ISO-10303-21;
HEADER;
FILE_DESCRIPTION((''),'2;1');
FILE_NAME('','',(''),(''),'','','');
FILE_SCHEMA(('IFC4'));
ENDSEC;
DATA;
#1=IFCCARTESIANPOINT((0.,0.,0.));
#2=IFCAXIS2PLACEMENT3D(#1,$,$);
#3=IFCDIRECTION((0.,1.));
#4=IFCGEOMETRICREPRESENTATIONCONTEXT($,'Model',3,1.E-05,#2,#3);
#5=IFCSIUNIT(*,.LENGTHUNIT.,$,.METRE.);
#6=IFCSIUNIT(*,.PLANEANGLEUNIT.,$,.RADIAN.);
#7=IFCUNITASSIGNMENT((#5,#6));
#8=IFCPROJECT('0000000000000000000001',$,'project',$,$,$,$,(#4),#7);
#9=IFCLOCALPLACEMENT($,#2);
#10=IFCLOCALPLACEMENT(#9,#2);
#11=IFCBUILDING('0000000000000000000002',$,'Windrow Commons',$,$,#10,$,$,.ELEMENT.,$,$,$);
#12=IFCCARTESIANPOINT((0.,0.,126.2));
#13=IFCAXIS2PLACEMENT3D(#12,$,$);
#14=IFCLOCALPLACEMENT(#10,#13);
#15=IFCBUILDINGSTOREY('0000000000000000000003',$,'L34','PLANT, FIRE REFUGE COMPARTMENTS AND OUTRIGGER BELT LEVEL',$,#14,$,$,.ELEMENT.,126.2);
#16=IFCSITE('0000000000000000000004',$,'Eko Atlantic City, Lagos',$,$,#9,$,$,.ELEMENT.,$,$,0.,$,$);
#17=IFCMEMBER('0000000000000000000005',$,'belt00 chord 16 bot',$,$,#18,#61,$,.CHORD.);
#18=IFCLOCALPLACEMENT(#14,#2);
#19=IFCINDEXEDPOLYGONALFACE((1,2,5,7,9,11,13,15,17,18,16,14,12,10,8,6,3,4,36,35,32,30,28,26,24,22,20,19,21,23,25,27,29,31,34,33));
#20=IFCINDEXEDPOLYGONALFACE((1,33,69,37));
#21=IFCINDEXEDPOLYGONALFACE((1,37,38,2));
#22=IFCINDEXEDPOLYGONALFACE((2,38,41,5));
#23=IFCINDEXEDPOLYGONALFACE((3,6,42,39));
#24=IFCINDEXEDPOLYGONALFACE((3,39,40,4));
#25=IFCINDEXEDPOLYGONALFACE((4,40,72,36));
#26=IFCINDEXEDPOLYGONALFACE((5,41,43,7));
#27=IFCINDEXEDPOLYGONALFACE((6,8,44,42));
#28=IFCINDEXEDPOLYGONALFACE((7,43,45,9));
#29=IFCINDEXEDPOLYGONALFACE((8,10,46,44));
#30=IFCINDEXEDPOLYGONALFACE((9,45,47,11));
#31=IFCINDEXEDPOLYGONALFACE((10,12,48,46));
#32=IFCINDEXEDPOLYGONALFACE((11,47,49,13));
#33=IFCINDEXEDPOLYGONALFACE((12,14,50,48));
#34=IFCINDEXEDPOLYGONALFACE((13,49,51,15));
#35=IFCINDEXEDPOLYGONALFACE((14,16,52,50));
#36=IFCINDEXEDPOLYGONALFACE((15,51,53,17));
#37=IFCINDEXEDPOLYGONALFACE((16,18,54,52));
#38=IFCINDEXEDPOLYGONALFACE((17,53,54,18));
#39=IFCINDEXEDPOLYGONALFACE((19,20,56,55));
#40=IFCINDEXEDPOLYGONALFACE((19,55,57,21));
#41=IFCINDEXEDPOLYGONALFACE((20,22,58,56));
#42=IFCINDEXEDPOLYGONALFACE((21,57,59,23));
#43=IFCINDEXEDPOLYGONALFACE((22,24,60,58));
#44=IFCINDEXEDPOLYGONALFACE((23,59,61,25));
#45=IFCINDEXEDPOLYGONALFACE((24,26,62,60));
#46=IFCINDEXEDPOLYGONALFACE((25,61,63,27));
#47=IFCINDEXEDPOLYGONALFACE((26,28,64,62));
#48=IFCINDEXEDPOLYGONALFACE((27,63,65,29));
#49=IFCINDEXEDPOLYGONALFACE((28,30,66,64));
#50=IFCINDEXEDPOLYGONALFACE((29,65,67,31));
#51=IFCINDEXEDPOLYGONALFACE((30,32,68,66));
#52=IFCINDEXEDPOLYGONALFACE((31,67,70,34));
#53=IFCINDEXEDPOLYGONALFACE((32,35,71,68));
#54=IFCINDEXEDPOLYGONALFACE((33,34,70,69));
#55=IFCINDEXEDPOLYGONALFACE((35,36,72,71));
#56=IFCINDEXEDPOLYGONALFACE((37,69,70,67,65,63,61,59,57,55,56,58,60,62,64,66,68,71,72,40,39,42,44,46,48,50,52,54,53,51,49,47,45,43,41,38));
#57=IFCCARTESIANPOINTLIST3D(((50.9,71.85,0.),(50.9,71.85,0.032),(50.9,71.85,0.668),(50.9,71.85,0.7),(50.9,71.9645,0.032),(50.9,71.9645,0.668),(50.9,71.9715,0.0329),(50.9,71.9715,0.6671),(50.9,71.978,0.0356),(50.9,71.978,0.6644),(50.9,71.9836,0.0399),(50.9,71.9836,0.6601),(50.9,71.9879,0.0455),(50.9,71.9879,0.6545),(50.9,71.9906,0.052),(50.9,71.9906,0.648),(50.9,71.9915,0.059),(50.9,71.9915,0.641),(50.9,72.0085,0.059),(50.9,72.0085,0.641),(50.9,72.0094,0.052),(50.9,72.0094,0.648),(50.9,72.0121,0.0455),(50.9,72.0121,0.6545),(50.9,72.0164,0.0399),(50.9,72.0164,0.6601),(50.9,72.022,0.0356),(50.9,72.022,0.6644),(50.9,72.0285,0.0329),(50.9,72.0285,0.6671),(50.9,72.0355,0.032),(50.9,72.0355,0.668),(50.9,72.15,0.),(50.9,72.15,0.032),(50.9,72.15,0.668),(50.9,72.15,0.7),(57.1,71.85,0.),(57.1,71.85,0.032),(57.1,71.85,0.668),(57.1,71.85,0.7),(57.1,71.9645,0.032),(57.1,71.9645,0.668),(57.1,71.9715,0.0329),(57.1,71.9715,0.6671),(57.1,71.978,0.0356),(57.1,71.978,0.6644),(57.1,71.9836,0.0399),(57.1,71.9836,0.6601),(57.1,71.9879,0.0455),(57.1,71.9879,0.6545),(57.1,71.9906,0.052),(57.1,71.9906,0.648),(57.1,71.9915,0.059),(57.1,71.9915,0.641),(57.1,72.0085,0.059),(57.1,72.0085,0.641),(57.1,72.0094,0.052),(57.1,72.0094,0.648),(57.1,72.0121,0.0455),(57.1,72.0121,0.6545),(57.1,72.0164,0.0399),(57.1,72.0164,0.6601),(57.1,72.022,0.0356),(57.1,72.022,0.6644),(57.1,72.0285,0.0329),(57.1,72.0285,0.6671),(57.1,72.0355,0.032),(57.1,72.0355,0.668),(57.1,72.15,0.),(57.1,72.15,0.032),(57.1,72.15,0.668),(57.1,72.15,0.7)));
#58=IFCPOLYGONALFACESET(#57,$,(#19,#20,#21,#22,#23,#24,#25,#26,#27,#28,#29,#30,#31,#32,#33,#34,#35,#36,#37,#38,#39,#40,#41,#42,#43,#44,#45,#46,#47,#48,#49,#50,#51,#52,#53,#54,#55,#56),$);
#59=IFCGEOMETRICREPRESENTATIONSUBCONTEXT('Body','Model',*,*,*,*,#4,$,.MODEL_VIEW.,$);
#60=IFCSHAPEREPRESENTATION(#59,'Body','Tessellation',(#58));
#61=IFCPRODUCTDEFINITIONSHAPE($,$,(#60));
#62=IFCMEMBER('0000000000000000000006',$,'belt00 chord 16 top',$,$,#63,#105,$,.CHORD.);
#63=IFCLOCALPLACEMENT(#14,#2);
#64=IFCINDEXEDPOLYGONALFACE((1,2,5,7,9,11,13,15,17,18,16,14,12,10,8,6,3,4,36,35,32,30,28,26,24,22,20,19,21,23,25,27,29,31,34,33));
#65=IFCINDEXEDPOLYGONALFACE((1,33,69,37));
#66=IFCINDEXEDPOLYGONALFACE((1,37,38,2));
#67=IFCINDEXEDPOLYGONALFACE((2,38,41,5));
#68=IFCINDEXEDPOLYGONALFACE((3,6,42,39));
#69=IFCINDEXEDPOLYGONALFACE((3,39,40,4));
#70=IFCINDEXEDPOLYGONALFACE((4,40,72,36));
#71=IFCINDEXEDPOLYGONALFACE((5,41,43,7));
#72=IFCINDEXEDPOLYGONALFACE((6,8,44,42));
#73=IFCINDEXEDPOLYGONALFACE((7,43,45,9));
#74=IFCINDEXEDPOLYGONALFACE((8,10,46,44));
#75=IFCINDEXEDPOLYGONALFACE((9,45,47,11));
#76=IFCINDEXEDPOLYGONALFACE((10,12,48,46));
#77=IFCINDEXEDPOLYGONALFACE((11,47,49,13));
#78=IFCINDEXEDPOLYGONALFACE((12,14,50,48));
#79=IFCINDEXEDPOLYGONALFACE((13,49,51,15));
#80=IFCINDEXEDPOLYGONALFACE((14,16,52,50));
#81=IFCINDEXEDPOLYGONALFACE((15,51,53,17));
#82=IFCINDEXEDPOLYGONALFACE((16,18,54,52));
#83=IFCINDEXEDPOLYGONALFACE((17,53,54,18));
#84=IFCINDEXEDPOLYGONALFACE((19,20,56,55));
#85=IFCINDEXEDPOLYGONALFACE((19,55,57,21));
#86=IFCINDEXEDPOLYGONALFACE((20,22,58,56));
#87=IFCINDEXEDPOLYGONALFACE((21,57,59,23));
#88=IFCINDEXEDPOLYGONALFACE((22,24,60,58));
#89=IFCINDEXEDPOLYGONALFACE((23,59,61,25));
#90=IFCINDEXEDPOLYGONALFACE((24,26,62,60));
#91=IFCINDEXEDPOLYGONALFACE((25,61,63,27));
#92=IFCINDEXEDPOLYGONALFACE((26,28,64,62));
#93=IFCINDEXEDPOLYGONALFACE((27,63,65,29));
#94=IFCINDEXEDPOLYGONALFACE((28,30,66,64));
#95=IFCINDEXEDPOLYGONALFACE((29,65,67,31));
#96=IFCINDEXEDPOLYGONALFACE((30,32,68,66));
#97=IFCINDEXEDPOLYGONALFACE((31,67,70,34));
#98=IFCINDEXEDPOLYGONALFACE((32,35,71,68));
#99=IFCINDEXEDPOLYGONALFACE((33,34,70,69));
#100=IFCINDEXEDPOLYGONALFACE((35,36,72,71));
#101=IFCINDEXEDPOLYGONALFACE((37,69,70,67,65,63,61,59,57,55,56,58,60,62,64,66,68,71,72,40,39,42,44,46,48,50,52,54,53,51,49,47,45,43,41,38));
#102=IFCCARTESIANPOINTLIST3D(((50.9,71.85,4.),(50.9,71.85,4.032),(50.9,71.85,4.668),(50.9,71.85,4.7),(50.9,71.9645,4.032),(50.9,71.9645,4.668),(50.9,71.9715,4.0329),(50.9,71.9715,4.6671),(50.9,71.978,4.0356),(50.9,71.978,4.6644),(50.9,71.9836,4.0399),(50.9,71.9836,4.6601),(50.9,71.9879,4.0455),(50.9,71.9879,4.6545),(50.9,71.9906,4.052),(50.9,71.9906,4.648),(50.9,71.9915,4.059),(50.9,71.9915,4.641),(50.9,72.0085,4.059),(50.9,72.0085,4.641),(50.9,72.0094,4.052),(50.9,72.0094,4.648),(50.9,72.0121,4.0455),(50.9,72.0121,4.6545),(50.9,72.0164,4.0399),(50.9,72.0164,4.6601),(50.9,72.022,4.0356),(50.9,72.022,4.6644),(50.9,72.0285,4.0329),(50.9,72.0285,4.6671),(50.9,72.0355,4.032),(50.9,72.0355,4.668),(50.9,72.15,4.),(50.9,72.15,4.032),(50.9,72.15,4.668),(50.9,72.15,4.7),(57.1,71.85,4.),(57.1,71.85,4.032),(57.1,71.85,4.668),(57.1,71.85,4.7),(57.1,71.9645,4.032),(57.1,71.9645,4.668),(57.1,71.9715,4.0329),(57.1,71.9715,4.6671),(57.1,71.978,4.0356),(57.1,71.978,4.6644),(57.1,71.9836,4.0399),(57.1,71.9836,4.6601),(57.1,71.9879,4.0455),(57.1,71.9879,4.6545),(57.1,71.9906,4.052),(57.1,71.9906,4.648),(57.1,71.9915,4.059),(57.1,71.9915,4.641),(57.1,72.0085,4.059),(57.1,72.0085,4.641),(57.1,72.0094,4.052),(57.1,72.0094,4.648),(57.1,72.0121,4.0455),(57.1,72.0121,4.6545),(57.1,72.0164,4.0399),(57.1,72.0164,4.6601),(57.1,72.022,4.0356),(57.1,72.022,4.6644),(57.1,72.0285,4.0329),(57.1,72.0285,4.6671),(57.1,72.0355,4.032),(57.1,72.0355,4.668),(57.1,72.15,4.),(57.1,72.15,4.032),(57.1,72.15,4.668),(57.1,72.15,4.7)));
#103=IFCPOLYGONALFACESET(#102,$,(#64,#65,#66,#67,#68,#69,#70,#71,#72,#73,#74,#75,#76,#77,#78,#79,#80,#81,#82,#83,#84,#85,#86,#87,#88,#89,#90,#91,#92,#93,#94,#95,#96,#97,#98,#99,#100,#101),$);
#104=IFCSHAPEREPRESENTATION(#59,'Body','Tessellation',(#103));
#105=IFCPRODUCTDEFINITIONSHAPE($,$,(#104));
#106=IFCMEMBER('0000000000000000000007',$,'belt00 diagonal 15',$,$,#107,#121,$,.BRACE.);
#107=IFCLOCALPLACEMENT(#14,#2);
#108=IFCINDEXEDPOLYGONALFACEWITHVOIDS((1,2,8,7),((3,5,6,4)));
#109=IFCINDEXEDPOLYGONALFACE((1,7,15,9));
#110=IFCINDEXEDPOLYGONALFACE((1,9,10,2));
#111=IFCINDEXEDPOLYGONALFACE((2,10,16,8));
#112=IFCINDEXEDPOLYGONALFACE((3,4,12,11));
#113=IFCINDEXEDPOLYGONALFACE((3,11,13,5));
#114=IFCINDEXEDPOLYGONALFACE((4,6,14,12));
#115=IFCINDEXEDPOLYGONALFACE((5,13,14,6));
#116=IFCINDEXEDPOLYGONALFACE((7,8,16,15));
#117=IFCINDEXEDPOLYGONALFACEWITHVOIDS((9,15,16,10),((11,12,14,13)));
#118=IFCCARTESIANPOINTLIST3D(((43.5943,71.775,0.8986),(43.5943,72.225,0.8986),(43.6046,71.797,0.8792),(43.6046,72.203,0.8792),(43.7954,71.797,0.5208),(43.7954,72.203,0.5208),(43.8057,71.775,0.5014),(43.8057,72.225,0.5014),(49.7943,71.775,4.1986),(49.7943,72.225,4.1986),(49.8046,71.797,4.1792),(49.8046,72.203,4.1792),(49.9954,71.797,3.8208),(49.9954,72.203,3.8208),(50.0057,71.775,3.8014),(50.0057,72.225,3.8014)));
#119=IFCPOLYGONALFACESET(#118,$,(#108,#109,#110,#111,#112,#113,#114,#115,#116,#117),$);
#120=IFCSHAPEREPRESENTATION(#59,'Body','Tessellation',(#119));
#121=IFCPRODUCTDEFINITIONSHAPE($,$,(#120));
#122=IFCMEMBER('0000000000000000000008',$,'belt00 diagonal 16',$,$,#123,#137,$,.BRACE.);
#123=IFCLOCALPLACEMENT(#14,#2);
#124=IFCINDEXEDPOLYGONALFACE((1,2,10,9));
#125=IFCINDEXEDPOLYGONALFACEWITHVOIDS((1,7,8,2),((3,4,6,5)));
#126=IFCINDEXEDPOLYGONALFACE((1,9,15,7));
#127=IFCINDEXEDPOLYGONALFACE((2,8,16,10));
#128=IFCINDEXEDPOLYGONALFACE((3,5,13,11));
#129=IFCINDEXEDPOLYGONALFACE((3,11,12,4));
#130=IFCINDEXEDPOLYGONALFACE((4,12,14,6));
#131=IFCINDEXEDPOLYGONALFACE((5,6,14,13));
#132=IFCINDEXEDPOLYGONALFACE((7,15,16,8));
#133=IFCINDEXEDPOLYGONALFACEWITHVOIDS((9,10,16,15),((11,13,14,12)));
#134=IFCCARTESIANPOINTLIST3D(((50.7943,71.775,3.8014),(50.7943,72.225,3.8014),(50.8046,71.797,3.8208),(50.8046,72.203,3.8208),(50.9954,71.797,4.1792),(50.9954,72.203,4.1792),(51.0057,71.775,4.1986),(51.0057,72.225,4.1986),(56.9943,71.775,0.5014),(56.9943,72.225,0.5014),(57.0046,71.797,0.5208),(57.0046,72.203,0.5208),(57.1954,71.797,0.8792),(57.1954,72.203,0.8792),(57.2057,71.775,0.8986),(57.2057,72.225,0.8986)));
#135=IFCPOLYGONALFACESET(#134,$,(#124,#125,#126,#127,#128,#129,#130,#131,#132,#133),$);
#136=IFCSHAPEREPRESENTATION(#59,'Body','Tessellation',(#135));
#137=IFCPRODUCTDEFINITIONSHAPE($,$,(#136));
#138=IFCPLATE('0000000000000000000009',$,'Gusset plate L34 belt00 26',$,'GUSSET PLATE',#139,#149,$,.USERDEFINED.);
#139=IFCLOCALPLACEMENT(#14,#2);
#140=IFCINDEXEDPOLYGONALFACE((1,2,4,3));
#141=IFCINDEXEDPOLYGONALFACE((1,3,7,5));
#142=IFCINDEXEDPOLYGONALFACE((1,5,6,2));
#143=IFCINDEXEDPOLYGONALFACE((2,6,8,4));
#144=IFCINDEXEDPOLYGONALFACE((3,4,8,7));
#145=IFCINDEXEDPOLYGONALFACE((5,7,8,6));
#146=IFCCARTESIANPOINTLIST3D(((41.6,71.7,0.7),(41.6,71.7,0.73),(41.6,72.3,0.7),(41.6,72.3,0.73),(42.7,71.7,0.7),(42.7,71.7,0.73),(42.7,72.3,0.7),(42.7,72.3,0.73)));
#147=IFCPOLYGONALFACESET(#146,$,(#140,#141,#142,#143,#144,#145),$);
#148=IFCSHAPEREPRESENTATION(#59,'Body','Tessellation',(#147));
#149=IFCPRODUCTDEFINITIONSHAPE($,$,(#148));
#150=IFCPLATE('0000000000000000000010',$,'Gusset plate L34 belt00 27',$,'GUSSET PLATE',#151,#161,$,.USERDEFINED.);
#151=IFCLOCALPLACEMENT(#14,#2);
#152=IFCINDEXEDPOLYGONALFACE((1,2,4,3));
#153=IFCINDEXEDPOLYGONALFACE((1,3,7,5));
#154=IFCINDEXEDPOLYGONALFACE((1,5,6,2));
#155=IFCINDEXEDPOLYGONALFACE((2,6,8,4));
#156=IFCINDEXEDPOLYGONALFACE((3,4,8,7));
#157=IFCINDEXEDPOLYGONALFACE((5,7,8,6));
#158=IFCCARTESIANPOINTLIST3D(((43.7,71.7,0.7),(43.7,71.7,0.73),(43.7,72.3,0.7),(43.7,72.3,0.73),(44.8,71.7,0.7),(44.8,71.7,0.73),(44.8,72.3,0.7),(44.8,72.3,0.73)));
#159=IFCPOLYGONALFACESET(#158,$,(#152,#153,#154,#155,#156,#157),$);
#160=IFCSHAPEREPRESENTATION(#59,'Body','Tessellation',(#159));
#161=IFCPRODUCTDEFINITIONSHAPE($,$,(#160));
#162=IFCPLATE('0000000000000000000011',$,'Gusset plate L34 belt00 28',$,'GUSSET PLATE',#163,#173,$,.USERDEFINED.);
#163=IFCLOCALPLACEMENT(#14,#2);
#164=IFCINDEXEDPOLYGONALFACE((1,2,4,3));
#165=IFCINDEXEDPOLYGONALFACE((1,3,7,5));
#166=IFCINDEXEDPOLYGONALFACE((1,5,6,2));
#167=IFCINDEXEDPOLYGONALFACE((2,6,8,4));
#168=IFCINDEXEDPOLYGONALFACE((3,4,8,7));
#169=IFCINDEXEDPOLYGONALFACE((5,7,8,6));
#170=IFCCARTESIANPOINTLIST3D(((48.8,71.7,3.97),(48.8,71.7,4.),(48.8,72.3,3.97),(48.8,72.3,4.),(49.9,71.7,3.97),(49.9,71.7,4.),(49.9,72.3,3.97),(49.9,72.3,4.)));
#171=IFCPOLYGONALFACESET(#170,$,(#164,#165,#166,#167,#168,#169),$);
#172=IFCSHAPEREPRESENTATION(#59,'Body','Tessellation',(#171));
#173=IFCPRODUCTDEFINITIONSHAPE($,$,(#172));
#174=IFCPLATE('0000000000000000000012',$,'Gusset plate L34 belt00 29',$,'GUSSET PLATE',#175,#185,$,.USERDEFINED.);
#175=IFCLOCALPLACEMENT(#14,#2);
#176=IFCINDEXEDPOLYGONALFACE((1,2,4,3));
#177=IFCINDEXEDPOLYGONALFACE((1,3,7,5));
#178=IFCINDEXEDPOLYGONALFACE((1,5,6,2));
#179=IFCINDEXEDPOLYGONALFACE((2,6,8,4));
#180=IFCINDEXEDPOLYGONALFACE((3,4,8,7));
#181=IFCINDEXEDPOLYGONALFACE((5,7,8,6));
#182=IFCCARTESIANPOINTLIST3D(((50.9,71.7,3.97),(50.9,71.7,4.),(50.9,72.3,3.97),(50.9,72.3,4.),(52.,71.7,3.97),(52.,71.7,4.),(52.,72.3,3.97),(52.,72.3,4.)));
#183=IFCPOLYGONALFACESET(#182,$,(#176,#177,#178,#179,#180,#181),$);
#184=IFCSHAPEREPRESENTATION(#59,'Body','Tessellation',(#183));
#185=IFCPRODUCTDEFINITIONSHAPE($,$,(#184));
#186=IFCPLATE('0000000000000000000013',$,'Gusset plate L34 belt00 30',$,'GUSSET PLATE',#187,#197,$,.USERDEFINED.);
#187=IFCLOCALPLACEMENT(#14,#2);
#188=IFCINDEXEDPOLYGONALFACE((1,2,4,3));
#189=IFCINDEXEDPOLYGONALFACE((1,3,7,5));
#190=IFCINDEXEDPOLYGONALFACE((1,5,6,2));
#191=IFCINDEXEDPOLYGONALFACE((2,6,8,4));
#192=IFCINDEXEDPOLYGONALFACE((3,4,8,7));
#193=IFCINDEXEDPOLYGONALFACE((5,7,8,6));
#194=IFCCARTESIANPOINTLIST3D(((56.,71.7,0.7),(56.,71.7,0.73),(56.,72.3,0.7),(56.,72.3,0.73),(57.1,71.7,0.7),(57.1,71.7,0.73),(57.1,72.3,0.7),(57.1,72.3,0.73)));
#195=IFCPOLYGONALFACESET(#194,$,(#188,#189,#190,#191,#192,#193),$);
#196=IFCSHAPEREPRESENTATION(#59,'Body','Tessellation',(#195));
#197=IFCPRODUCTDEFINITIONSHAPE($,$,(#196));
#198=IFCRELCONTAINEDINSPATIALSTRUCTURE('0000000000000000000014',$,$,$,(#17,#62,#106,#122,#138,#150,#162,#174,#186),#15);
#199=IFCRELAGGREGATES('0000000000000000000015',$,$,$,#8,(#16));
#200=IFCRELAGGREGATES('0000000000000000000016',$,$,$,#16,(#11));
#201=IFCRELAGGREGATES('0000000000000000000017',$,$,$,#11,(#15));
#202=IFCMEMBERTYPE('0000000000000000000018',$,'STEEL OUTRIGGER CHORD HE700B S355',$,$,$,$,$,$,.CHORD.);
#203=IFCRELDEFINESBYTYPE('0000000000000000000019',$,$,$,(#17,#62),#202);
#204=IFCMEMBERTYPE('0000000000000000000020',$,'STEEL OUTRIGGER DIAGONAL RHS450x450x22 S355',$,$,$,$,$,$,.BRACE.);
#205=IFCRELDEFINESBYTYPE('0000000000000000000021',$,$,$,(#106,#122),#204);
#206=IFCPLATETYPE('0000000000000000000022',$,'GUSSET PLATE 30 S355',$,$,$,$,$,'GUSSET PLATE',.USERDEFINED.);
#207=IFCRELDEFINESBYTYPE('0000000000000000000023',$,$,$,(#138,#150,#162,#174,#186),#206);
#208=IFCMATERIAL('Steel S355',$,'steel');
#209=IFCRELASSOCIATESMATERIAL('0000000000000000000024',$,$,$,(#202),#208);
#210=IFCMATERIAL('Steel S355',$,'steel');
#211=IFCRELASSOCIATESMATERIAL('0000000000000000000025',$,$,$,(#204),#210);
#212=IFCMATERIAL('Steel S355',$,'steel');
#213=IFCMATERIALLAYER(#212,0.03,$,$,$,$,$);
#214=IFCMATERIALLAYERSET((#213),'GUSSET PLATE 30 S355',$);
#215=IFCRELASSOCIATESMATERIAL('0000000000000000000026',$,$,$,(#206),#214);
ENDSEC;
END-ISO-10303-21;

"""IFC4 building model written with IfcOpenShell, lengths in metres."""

from ifc_helpers import new_model, si_unit, direction, frame, origin, origin_2d, place, context, subcontext, project, spatial, rectangle, hollow_rectangle, i_section, extrude, material, layer, layer_set, material_profile, profile_set, type_object, element, save


model = new_model("IFC4")

# Units and contexts
model_context = context("Model", 3, precision=1e-05, world=origin(), true_north=direction((0.0, 1.0)))
body_context = subcontext(model_context, "Body", "Model", "MODEL_VIEW")
ifc_project = project(units=[si_unit("LENGTHUNIT", "METRE"), si_unit("PLANEANGLEUNIT", "RADIAN")], contexts=[model_context])

# Site, building, storey
site_placement = place(None, origin())
site = spatial("IfcSite", under=ifc_project, at=site_placement, Name="Eko Atlantic City, Lagos", CompositionType="ELEMENT", RefElevation=0.0)
building_placement = place(site_placement, origin())
building = spatial("IfcBuilding", under=site, at=building_placement, Name="Windrow Commons", CompositionType="ELEMENT")
storey_placement = place(building_placement, frame((0.0, 0.0, 126.2)))
storey = spatial("IfcBuildingStorey", under=building, at=storey_placement, Name="L34", Description="PLANT, FIRE REFUGE COMPARTMENTS AND OUTRIGGER BELT LEVEL", CompositionType="ELEMENT", Elevation=126.2)

# Members
ifc_material_1 = material(Name="Steel S355", Category="steel")
ifc_material_profile_1 = material_profile(ifc_material_1, i_section(OverallWidth=0.3, OverallDepth=0.7, WebThickness=0.017, FlangeThickness=0.032, FilletRadius=0.027, at=origin_2d()))
ifc_profile_set_1 = profile_set([ifc_material_profile_1], Name="Steel S355")
member_type_1 = type_object("IfcMemberType", Name="STEEL OUTRIGGER CHORD HE700B S355", PredefinedType="CHORD", material=ifc_profile_set_1)
for number, where, z_axis, x_axis, name in (
    (1, (50.9, 72.0, 0.35), (1.0, 0.0, 0.0), (0.0, 1.0, 0.0), "belt00 chord 16 bot"),
    (2, (50.9, 72.0, 4.35), (1.0, 0.0, 0.0), (0.0, 1.0, 0.0), "belt00 chord 16 top"),
):
    element("IfcMember", number, at=place(storey_placement, frame(where, z_axis=z_axis, x_axis=x_axis)), inside=storey, type_object=member_type_1, Name=name, PredefinedType="CHORD", context=body_context, shape_type="SweptSolid", body=[
        extrude(i_section(OverallWidth=0.3, OverallDepth=0.7, WebThickness=0.017, FlangeThickness=0.032, FilletRadius=0.027, at=origin_2d()), origin(), (0.0, 0.0, 1.0), 6.2),
    ])
ifc_material_2 = material(Name="Steel S355", Category="steel")
ifc_material_profile_2 = material_profile(ifc_material_2, hollow_rectangle(XDim=0.45, YDim=0.45, WallThickness=0.022, at=origin_2d()))
ifc_profile_set_2 = profile_set([ifc_material_profile_2], Name="Steel S355")
member_type_2 = type_object("IfcMemberType", Name="STEEL OUTRIGGER DIAGONAL RHS450x450x22 S355", PredefinedType="BRACE", material=ifc_profile_set_2)
for number, where, z_axis, x_axis, name in (
    (3, (43.7, 72.0, 0.7), (0.882747, 0.0, 0.469849), (0.0, 1.0, 0.0), "belt00 diagonal 15"),
    (4, (50.9, 72.0, 4.0), (0.882747, 0.0, -0.469849), (0.0, 1.0, 0.0), "belt00 diagonal 16"),
):
    element("IfcMember", number, at=place(storey_placement, frame(where, z_axis=z_axis, x_axis=x_axis)), inside=storey, type_object=member_type_2, Name=name, PredefinedType="BRACE", context=body_context, shape_type="SweptSolid", body=[
        extrude(hollow_rectangle(XDim=0.45, YDim=0.45, WallThickness=0.022, at=origin_2d()), origin(), (0.0, 0.0, 1.0), 7.0235),
    ])

# Plates
ifc_material_3 = material(Name="Steel S355", Category="steel")
ifc_layer_1 = layer(ifc_material_3, 0.03)
ifc_layer_set_1 = layer_set([ifc_layer_1], Name="GUSSET PLATE 30 S355")
plate_type = type_object("IfcPlateType", Name="GUSSET PLATE 30 S355", ElementType="GUSSET PLATE", PredefinedType="USERDEFINED", material=ifc_layer_set_1)
for number, where, z_axis, x_axis, name in (
    (5, (42.15, 72.0, 0.7), (0.0, 0.0, 1.0), (1.0, 0.0, 0.0), "Gusset plate L34 belt00 26"),
    (6, (44.25, 72.0, 0.7), (0.0, 0.0, 1.0), (1.0, 0.0, 0.0), "Gusset plate L34 belt00 27"),
    (7, (49.35, 72.0, 3.97), (0.0, 0.0, 1.0), (1.0, 0.0, 0.0), "Gusset plate L34 belt00 28"),
    (8, (51.45, 72.0, 3.97), (0.0, 0.0, 1.0), (1.0, 0.0, 0.0), "Gusset plate L34 belt00 29"),
    (9, (56.55, 72.0, 0.7), (0.0, 0.0, 1.0), (1.0, 0.0, 0.0), "Gusset plate L34 belt00 30"),
):
    element("IfcPlate", number, at=place(storey_placement, frame(where, z_axis=z_axis, x_axis=x_axis)), inside=storey, type_object=plate_type, Name=name, ObjectType="GUSSET PLATE", PredefinedType="USERDEFINED", context=body_context, shape_type="SweptSolid", body=[
        extrude(rectangle(XDim=1.1, YDim=0.6, at=origin_2d()), origin(), (0.0, 0.0, 1.0), 0.03),
    ])

save(model, "model.ifc")
